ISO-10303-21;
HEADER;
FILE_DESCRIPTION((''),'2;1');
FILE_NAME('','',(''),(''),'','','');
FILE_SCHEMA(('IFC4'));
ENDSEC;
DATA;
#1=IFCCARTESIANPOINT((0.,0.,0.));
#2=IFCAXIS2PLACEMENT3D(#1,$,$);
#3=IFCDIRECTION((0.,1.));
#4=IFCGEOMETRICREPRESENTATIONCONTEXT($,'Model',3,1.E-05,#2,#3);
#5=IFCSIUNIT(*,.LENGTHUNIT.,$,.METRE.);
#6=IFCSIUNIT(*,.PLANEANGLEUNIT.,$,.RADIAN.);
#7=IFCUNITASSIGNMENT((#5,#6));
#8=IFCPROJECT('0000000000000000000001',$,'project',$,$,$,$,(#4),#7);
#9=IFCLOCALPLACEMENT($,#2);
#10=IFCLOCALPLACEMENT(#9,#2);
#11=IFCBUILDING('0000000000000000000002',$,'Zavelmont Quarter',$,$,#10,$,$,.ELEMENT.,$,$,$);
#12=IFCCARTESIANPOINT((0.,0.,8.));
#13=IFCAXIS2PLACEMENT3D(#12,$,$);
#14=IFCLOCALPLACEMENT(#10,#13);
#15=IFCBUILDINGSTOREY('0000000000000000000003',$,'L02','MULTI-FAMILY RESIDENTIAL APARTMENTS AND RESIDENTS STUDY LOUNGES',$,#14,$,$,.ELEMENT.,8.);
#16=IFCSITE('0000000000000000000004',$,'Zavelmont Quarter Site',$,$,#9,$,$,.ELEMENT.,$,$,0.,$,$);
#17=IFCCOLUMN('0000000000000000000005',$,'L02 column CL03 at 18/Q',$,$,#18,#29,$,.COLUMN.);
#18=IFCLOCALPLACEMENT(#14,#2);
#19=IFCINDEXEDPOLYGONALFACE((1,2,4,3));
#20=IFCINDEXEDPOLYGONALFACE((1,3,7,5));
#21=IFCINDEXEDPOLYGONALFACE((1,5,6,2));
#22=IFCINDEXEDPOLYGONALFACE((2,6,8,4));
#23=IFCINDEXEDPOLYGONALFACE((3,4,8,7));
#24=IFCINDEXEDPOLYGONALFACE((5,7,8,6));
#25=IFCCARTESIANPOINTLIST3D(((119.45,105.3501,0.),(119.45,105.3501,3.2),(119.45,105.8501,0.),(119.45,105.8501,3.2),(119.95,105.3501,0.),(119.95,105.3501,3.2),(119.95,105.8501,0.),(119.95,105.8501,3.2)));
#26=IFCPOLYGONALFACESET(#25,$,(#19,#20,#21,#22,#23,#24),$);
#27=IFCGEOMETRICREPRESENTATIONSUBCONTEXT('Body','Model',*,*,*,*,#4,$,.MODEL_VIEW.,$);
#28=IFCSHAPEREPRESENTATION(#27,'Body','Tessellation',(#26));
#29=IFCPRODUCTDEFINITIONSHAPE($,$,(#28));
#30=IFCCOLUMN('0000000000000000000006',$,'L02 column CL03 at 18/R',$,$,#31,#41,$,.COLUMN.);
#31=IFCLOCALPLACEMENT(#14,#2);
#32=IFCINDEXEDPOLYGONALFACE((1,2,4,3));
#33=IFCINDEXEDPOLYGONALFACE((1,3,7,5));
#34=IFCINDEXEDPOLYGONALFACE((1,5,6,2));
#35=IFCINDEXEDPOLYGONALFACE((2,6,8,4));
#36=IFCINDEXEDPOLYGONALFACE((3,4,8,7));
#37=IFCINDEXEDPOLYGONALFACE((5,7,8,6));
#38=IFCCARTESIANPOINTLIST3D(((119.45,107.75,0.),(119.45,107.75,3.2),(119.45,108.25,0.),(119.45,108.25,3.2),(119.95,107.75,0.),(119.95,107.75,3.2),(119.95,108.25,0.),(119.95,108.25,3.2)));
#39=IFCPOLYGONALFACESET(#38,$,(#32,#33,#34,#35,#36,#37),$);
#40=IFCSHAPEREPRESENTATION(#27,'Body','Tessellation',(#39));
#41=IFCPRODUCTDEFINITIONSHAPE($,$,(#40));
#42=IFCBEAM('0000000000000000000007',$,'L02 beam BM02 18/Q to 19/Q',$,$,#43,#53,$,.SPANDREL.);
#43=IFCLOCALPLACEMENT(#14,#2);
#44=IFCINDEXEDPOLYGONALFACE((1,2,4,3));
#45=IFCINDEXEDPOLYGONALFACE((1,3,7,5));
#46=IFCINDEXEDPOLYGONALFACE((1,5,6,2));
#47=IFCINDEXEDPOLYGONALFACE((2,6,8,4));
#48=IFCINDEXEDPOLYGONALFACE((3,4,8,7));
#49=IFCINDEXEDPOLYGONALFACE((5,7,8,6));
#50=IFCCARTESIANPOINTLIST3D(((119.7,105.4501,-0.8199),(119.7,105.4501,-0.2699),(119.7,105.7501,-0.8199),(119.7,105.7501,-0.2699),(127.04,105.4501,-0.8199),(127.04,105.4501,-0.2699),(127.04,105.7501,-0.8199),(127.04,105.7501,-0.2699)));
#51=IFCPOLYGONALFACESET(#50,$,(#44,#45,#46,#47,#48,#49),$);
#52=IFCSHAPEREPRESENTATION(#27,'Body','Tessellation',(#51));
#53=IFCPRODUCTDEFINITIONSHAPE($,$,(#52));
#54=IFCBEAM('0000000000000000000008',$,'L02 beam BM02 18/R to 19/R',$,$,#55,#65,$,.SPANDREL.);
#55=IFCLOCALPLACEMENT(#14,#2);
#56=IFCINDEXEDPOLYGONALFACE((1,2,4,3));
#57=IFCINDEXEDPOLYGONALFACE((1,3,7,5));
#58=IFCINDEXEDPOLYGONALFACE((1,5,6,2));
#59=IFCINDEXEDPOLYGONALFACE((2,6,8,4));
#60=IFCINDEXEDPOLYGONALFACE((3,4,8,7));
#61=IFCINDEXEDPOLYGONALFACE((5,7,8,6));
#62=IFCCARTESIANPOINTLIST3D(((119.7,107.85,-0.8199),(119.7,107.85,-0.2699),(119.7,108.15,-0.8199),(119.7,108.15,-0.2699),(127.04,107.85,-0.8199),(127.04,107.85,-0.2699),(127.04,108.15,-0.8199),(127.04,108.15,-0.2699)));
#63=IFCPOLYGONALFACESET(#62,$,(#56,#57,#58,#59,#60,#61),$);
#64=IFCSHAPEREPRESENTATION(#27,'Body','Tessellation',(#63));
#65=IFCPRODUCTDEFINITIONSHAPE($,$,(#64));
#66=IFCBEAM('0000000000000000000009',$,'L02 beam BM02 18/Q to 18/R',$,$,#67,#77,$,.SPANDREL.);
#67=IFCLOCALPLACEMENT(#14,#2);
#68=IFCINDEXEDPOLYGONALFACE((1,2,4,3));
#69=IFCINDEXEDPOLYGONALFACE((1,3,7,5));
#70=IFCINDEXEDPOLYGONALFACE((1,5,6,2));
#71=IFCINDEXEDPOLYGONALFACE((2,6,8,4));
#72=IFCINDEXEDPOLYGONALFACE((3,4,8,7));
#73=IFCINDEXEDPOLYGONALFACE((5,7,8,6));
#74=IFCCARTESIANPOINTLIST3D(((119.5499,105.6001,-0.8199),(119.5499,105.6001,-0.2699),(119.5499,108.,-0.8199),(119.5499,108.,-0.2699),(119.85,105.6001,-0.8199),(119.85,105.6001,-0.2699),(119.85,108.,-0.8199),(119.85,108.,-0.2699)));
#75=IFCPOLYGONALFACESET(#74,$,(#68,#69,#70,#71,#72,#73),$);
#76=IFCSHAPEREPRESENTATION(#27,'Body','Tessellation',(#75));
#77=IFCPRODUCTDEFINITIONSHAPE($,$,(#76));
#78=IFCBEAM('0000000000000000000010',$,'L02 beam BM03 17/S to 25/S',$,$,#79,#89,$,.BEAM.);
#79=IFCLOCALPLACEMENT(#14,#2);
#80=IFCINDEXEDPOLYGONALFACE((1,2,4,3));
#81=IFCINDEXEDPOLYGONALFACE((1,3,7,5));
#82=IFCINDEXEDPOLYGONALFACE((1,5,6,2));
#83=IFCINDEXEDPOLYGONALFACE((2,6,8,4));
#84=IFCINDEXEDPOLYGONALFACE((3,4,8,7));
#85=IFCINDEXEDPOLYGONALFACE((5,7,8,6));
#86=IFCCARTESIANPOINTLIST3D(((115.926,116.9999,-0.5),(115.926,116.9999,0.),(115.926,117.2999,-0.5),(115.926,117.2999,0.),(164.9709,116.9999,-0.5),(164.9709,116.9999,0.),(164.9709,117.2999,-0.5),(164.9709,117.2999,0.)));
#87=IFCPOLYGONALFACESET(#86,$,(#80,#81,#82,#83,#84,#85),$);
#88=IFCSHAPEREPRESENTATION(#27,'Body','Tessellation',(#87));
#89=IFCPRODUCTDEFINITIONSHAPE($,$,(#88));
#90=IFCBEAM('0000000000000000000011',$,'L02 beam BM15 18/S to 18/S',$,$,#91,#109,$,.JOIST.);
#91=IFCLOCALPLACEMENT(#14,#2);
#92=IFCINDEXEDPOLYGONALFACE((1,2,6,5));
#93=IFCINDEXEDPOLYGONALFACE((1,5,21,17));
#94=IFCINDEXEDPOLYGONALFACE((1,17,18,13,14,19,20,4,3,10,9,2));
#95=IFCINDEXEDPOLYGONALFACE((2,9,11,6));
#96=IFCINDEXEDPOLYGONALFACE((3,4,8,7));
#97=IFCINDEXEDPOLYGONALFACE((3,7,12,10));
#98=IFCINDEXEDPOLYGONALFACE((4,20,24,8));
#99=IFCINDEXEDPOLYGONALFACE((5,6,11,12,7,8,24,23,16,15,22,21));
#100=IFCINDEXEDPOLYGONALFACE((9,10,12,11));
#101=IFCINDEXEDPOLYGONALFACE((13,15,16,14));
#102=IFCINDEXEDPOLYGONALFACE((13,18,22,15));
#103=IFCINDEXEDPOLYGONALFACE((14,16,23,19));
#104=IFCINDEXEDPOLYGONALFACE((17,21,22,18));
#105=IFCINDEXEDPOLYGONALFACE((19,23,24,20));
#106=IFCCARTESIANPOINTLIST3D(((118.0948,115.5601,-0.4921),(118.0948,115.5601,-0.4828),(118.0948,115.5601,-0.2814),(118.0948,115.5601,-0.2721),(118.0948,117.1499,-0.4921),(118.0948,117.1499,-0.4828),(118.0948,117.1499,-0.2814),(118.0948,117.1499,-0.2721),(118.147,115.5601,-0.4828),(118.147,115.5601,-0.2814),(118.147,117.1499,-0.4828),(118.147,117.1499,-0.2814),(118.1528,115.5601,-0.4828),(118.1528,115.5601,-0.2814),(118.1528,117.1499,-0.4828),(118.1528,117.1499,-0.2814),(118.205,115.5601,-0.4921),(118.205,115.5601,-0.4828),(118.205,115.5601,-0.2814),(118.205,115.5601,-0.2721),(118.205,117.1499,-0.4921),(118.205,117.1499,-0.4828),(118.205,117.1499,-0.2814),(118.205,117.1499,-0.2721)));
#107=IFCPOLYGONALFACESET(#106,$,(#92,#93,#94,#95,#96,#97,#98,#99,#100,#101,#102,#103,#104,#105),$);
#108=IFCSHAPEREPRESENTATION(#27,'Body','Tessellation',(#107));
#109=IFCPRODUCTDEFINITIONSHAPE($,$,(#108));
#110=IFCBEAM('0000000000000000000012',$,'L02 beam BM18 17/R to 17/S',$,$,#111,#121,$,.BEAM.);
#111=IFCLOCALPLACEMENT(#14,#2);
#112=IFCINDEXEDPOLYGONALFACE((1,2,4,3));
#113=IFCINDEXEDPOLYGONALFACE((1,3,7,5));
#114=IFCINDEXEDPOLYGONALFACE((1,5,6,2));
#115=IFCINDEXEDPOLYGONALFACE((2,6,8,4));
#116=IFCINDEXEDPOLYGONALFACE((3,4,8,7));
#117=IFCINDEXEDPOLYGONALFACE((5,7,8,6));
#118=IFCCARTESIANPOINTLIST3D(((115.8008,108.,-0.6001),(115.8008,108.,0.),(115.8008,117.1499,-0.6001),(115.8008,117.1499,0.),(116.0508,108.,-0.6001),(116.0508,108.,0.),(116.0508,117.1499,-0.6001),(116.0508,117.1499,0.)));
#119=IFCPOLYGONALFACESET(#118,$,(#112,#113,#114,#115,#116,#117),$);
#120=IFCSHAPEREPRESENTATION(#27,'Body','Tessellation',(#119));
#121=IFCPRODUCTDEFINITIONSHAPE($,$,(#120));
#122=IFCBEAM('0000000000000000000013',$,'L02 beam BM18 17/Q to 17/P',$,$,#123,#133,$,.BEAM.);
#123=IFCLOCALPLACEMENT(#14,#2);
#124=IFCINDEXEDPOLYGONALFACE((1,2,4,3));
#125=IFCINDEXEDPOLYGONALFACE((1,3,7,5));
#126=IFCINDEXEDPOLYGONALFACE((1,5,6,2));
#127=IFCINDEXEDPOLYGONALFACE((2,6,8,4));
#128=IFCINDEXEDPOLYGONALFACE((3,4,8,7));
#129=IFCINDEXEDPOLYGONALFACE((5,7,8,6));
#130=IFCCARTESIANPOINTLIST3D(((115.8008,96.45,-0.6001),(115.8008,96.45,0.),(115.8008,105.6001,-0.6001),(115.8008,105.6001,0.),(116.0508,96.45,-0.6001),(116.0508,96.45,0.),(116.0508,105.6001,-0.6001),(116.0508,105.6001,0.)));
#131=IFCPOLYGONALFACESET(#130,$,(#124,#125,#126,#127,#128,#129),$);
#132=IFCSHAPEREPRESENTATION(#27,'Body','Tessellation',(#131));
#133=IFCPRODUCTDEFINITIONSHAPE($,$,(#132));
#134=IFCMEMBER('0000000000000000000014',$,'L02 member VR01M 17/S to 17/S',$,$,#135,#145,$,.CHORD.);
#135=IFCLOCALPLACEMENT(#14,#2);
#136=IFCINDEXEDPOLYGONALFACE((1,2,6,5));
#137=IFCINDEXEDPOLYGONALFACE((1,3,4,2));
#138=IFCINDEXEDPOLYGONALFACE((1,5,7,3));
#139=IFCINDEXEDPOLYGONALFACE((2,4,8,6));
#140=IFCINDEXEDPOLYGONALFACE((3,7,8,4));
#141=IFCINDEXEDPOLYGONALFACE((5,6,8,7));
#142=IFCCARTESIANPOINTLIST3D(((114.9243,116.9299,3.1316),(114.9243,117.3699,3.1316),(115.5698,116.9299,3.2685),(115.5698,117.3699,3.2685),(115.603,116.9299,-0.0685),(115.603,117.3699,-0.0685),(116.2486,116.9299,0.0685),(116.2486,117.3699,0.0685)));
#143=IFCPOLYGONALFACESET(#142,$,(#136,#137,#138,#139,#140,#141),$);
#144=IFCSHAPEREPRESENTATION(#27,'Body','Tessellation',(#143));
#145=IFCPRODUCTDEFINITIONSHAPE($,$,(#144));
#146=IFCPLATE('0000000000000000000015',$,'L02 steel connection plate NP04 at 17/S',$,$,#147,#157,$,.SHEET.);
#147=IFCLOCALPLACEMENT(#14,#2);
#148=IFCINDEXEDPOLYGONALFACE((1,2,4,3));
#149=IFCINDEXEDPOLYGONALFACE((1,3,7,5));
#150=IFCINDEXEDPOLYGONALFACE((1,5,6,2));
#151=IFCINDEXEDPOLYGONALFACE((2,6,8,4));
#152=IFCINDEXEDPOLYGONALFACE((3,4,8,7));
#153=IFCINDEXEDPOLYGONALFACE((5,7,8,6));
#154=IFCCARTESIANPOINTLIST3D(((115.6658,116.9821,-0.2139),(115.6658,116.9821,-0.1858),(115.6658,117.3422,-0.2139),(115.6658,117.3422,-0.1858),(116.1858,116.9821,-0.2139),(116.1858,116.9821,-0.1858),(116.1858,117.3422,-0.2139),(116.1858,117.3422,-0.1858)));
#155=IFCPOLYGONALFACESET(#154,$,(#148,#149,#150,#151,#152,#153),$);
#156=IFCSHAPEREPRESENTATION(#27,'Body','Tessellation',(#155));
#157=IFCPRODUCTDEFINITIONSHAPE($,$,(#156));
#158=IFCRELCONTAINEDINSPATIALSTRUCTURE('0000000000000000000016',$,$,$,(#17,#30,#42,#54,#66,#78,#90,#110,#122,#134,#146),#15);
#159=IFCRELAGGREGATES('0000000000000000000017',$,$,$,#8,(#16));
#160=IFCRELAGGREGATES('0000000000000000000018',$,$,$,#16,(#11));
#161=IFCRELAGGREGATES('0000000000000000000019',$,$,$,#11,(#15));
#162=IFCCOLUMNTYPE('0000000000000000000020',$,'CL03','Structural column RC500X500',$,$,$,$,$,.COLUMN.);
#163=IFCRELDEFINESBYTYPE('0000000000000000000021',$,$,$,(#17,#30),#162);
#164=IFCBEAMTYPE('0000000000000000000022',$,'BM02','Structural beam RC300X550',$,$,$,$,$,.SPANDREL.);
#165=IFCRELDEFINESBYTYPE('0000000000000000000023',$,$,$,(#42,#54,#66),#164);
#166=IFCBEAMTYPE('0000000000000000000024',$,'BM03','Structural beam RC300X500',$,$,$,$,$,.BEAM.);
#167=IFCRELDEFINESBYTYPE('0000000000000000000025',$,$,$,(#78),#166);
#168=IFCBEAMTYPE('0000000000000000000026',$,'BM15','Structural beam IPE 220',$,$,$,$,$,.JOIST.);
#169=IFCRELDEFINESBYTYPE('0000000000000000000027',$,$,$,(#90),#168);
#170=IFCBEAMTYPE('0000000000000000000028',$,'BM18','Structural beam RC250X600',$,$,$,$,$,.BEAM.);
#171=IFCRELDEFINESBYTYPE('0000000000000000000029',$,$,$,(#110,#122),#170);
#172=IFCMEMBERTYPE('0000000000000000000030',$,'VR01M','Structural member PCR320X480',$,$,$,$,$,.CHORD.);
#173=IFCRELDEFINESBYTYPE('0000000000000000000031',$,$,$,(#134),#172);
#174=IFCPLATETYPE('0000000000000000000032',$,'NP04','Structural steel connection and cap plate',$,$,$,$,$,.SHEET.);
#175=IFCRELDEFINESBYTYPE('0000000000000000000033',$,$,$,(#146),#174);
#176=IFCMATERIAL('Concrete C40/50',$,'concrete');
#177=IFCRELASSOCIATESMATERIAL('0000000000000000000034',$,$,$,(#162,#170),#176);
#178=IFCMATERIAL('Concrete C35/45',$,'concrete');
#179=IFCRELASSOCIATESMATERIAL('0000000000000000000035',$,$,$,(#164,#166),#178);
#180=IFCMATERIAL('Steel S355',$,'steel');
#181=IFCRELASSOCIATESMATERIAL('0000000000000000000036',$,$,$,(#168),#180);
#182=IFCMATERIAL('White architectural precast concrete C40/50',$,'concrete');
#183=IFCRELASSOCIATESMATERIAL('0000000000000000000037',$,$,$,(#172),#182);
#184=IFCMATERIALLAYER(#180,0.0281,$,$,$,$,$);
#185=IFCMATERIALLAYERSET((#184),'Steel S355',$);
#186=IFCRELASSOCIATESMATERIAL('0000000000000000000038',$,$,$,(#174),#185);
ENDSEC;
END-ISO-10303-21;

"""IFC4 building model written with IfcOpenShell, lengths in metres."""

from ifc_helpers import new_model, si_unit, direction, frame, origin, origin_2d, place, context, subcontext, project, spatial, rectangle, i_section, extrude, material, layer, layer_set, material_profile, profile_set, type_object, element, save


model = new_model("IFC4")

# Units and contexts
model_context = context("Model", 3, precision=1e-05, world=origin(), true_north=direction((0.0, 1.0)))
body_context = subcontext(model_context, "Body", "Model", "MODEL_VIEW")
ifc_project = project(units=[si_unit("LENGTHUNIT", "METRE"), si_unit("PLANEANGLEUNIT", "RADIAN")], contexts=[model_context])

# Site, building, storey
site_placement = place(None, origin())
site = spatial("IfcSite", under=ifc_project, at=site_placement, Name="Zavelmont Quarter Site", CompositionType="ELEMENT", RefElevation=0.0)
building_placement = place(site_placement, origin())
building = spatial("IfcBuilding", under=site, at=building_placement, Name="Zavelmont Quarter", CompositionType="ELEMENT")
storey_placement = place(building_placement, frame((0.0, 0.0, 8.0)))
storey = spatial("IfcBuildingStorey", under=building, at=storey_placement, Name="L02", Description="MULTI-FAMILY RESIDENTIAL APARTMENTS AND RESIDENTS STUDY LOUNGES", CompositionType="ELEMENT", Elevation=8.0)

# Columns
ifc_material_1 = material(Name="Concrete C40/50", Category="concrete")
ifc_material_profile_1 = material_profile(ifc_material_1, rectangle(XDim=0.5, YDim=0.5, at=origin_2d()), Name="RC500X500")
ifc_profile_set_1 = profile_set([ifc_material_profile_1], Name="Concrete C40/50")
column_type = type_object("IfcColumnType", Name="CL03", Description="Structural column RC500X500", PredefinedType="COLUMN", material=ifc_profile_set_1)
for number, where, z_axis, x_axis, name in (
    (1, (119.7, 105.6001, 0.0), (0.0, 0.0, 1.0), (1.0, 0.0, 0.0), "L02 column CL03 at 18/Q"),
    (2, (119.7, 108.0, 0.0), (0.0, 0.0, 1.0), (1.0, 0.0, 0.0), "L02 column CL03 at 18/R"),
):
    element("IfcColumn", number, at=place(storey_placement, frame(where, z_axis=z_axis, x_axis=x_axis)), inside=storey, type_object=column_type, Name=name, PredefinedType="COLUMN", context=body_context, shape_type="SweptSolid", body=[
        extrude(rectangle(XDim=0.5, YDim=0.5, at=origin_2d()), origin(), (0.0, 0.0, 1.0), 3.2),
    ])

# Beams
ifc_material_2 = material(Name="Concrete C35/45", Category="concrete")
ifc_material_profile_2 = material_profile(ifc_material_2, rectangle(XDim=0.3, YDim=0.55, at=origin_2d()), Name="RC300X550")
ifc_profile_set_2 = profile_set([ifc_material_profile_2], Name="Concrete C35/45")
beam_type_1 = type_object("IfcBeamType", Name="BM02", Description="Structural beam RC300X550", PredefinedType="SPANDREL", material=ifc_profile_set_2)
for number, where, z_axis, x_axis, name in (
    (3, (119.7, 105.6001, -0.5449), (1.0, 0.0, 0.0), (0.0, 1.0, 0.0), "L02 beam BM02 18/Q to 19/Q"),
    (4, (119.7, 108.0, -0.5449), (1.0, 0.0, 0.0), (0.0, 1.0, 0.0), "L02 beam BM02 18/R to 19/R"),
):
    element("IfcBeam", number, at=place(storey_placement, frame(where, z_axis=z_axis, x_axis=x_axis)), inside=storey, type_object=beam_type_1, Name=name, PredefinedType="SPANDREL", context=body_context, shape_type="SweptSolid", body=[
        extrude(rectangle(XDim=0.3, YDim=0.55, at=origin_2d()), origin(), (0.0, 0.0, 1.0), 7.3401),
    ])
beam_1_placement = place(storey_placement, frame((119.7, 105.6001, -0.5449), z_axis=(0.0, 1.0, 0.0), x_axis=(-1.0, 0.0, 0.0)))
element("IfcBeam", 5, at=beam_1_placement, inside=storey, type_object=beam_type_1, Name="L02 beam BM02 18/Q to 18/R", PredefinedType="SPANDREL", context=body_context, shape_type="SweptSolid", body=[
    extrude(rectangle(XDim=0.3, YDim=0.55, at=origin_2d()), origin(), (0.0, 0.0, 1.0), 2.3999),
])
ifc_material_profile_3 = material_profile(ifc_material_2, rectangle(XDim=0.3, YDim=0.5, at=origin_2d()), Name="RC300X500")
ifc_profile_set_3 = profile_set([ifc_material_profile_3], Name="Concrete C35/45")
beam_type_2 = type_object("IfcBeamType", Name="BM03", Description="Structural beam RC300X500", PredefinedType="BEAM", material=ifc_profile_set_3)
beam_2_placement = place(storey_placement, frame((115.926, 117.1499, -0.25), z_axis=(1.0, 0.0, 0.0), x_axis=(0.0, 1.0, 0.0)))
element("IfcBeam", 6, at=beam_2_placement, inside=storey, type_object=beam_type_2, Name="L02 beam BM03 17/S to 25/S", PredefinedType="BEAM", context=body_context, shape_type="SweptSolid", body=[
    extrude(rectangle(XDim=0.3, YDim=0.5, at=origin_2d()), origin(), (0.0, 0.0, 1.0), 49.0449),
])
ifc_material_3 = material(Name="Steel S355", Category="steel")
ifc_material_profile_4 = material_profile(ifc_material_3, i_section(OverallWidth=0.1101, OverallDepth=0.22, WebThickness=0.0059, FlangeThickness=0.0093, at=origin_2d()), Name="IPE 220")
ifc_profile_set_4 = profile_set([ifc_material_profile_4], Name="Steel S355")
beam_type_3 = type_object("IfcBeamType", Name="BM15", Description="Structural beam IPE 220", PredefinedType="JOIST", material=ifc_profile_set_4)
beam_3_placement = place(storey_placement, frame((118.1499, 115.5601, -0.3821), z_axis=(0.0, 1.0, 0.0), x_axis=(-1.0, 0.0, 0.0)))
element("IfcBeam", 7, at=beam_3_placement, inside=storey, type_object=beam_type_3, Name="L02 beam BM15 18/S to 18/S", PredefinedType="JOIST", context=body_context, shape_type="SweptSolid", body=[
    extrude(i_section(OverallWidth=0.1101, OverallDepth=0.22, WebThickness=0.0059, FlangeThickness=0.0093, at=origin_2d()), origin(), (0.0, 0.0, 1.0), 1.5898),
])
ifc_material_profile_5 = material_profile(ifc_material_1, rectangle(XDim=0.25, YDim=0.6001, at=origin_2d()), Name="RC250X600")
ifc_profile_set_5 = profile_set([ifc_material_profile_5], Name="Concrete C40/50")
beam_type_4 = type_object("IfcBeamType", Name="BM18", Description="Structural beam RC250X600", PredefinedType="BEAM", material=ifc_profile_set_5)
beam_4_placement = place(storey_placement, frame((115.9258, 108.0, -0.3), z_axis=(0.0, 1.0, 0.0), x_axis=(-1.0, 0.0, 0.0)))
element("IfcBeam", 8, at=beam_4_placement, inside=storey, type_object=beam_type_4, Name="L02 beam BM18 17/R to 17/S", PredefinedType="BEAM", context=body_context, shape_type="SweptSolid", body=[
    extrude(rectangle(XDim=0.25, YDim=0.6001, at=origin_2d()), origin(), (0.0, 0.0, 1.0), 9.1499),
])
beam_5_placement = place(storey_placement, frame((115.9258, 105.6001, -0.3), z_axis=(0.0, -1.0, 0.0), x_axis=(1.0, 0.0, 0.0)))
element("IfcBeam", 9, at=beam_5_placement, inside=storey, type_object=beam_type_4, Name="L02 beam BM18 17/Q to 17/P", PredefinedType="BEAM", context=body_context, shape_type="SweptSolid", body=[
    extrude(rectangle(XDim=0.25, YDim=0.6001, at=origin_2d()), origin(), (0.0, 0.0, 1.0), 9.1501),
])

# Member
ifc_material_4 = material(Name="White architectural precast concrete C40/50", Category="concrete")
ifc_material_profile_6 = material_profile(ifc_material_4, rectangle(XDim=0.4399, YDim=0.6599, at=origin_2d()), Name="PCR320X480")
ifc_profile_set_6 = profile_set([ifc_material_profile_6], Name="White architectural precast concrete C40/50")
member_type = type_object("IfcMemberType", Name="VR01M", Description="Structural member PCR320X480", PredefinedType="CHORD", material=ifc_profile_set_6)
member_placement = place(storey_placement, frame((115.9258, 117.1499, 0.0), z_axis=(-0.207485, 0.0, 0.978238), x_axis=(0.0, -1.0, 0.0)))
element("IfcMember", 10, at=member_placement, inside=storey, type_object=member_type, Name="L02 member VR01M 17/S to 17/S", PredefinedType="CHORD", context=body_context, shape_type="SweptSolid", body=[
    extrude(rectangle(XDim=0.4399, YDim=0.6599, at=origin_2d()), origin(), (0.0, 0.0, 1.0), 3.2712),
])

# Plate
ifc_layer_1 = layer(ifc_material_3, 0.0281)
ifc_layer_set_1 = layer_set([ifc_layer_1], Name="Steel S355")
plate_type = type_object("IfcPlateType", Name="NP04", Description="Structural steel connection and cap plate", PredefinedType="SHEET", material=ifc_layer_set_1)
plate_placement = place(storey_placement, frame((115.9258, 117.1621, -0.2139), z_axis=(0.0, 0.0, 1.0), x_axis=(1.0, 0.0, 0.0)))
element("IfcPlate", 11, at=plate_placement, inside=storey, type_object=plate_type, Name="L02 steel connection plate NP04 at 17/S", PredefinedType="SHEET", context=body_context, shape_type="SweptSolid", body=[
    extrude(rectangle(XDim=0.52, YDim=0.3601, at=origin_2d()), origin(), (0.0, 0.0, 1.0), 0.0281),
])

save(model, "model.ifc")
